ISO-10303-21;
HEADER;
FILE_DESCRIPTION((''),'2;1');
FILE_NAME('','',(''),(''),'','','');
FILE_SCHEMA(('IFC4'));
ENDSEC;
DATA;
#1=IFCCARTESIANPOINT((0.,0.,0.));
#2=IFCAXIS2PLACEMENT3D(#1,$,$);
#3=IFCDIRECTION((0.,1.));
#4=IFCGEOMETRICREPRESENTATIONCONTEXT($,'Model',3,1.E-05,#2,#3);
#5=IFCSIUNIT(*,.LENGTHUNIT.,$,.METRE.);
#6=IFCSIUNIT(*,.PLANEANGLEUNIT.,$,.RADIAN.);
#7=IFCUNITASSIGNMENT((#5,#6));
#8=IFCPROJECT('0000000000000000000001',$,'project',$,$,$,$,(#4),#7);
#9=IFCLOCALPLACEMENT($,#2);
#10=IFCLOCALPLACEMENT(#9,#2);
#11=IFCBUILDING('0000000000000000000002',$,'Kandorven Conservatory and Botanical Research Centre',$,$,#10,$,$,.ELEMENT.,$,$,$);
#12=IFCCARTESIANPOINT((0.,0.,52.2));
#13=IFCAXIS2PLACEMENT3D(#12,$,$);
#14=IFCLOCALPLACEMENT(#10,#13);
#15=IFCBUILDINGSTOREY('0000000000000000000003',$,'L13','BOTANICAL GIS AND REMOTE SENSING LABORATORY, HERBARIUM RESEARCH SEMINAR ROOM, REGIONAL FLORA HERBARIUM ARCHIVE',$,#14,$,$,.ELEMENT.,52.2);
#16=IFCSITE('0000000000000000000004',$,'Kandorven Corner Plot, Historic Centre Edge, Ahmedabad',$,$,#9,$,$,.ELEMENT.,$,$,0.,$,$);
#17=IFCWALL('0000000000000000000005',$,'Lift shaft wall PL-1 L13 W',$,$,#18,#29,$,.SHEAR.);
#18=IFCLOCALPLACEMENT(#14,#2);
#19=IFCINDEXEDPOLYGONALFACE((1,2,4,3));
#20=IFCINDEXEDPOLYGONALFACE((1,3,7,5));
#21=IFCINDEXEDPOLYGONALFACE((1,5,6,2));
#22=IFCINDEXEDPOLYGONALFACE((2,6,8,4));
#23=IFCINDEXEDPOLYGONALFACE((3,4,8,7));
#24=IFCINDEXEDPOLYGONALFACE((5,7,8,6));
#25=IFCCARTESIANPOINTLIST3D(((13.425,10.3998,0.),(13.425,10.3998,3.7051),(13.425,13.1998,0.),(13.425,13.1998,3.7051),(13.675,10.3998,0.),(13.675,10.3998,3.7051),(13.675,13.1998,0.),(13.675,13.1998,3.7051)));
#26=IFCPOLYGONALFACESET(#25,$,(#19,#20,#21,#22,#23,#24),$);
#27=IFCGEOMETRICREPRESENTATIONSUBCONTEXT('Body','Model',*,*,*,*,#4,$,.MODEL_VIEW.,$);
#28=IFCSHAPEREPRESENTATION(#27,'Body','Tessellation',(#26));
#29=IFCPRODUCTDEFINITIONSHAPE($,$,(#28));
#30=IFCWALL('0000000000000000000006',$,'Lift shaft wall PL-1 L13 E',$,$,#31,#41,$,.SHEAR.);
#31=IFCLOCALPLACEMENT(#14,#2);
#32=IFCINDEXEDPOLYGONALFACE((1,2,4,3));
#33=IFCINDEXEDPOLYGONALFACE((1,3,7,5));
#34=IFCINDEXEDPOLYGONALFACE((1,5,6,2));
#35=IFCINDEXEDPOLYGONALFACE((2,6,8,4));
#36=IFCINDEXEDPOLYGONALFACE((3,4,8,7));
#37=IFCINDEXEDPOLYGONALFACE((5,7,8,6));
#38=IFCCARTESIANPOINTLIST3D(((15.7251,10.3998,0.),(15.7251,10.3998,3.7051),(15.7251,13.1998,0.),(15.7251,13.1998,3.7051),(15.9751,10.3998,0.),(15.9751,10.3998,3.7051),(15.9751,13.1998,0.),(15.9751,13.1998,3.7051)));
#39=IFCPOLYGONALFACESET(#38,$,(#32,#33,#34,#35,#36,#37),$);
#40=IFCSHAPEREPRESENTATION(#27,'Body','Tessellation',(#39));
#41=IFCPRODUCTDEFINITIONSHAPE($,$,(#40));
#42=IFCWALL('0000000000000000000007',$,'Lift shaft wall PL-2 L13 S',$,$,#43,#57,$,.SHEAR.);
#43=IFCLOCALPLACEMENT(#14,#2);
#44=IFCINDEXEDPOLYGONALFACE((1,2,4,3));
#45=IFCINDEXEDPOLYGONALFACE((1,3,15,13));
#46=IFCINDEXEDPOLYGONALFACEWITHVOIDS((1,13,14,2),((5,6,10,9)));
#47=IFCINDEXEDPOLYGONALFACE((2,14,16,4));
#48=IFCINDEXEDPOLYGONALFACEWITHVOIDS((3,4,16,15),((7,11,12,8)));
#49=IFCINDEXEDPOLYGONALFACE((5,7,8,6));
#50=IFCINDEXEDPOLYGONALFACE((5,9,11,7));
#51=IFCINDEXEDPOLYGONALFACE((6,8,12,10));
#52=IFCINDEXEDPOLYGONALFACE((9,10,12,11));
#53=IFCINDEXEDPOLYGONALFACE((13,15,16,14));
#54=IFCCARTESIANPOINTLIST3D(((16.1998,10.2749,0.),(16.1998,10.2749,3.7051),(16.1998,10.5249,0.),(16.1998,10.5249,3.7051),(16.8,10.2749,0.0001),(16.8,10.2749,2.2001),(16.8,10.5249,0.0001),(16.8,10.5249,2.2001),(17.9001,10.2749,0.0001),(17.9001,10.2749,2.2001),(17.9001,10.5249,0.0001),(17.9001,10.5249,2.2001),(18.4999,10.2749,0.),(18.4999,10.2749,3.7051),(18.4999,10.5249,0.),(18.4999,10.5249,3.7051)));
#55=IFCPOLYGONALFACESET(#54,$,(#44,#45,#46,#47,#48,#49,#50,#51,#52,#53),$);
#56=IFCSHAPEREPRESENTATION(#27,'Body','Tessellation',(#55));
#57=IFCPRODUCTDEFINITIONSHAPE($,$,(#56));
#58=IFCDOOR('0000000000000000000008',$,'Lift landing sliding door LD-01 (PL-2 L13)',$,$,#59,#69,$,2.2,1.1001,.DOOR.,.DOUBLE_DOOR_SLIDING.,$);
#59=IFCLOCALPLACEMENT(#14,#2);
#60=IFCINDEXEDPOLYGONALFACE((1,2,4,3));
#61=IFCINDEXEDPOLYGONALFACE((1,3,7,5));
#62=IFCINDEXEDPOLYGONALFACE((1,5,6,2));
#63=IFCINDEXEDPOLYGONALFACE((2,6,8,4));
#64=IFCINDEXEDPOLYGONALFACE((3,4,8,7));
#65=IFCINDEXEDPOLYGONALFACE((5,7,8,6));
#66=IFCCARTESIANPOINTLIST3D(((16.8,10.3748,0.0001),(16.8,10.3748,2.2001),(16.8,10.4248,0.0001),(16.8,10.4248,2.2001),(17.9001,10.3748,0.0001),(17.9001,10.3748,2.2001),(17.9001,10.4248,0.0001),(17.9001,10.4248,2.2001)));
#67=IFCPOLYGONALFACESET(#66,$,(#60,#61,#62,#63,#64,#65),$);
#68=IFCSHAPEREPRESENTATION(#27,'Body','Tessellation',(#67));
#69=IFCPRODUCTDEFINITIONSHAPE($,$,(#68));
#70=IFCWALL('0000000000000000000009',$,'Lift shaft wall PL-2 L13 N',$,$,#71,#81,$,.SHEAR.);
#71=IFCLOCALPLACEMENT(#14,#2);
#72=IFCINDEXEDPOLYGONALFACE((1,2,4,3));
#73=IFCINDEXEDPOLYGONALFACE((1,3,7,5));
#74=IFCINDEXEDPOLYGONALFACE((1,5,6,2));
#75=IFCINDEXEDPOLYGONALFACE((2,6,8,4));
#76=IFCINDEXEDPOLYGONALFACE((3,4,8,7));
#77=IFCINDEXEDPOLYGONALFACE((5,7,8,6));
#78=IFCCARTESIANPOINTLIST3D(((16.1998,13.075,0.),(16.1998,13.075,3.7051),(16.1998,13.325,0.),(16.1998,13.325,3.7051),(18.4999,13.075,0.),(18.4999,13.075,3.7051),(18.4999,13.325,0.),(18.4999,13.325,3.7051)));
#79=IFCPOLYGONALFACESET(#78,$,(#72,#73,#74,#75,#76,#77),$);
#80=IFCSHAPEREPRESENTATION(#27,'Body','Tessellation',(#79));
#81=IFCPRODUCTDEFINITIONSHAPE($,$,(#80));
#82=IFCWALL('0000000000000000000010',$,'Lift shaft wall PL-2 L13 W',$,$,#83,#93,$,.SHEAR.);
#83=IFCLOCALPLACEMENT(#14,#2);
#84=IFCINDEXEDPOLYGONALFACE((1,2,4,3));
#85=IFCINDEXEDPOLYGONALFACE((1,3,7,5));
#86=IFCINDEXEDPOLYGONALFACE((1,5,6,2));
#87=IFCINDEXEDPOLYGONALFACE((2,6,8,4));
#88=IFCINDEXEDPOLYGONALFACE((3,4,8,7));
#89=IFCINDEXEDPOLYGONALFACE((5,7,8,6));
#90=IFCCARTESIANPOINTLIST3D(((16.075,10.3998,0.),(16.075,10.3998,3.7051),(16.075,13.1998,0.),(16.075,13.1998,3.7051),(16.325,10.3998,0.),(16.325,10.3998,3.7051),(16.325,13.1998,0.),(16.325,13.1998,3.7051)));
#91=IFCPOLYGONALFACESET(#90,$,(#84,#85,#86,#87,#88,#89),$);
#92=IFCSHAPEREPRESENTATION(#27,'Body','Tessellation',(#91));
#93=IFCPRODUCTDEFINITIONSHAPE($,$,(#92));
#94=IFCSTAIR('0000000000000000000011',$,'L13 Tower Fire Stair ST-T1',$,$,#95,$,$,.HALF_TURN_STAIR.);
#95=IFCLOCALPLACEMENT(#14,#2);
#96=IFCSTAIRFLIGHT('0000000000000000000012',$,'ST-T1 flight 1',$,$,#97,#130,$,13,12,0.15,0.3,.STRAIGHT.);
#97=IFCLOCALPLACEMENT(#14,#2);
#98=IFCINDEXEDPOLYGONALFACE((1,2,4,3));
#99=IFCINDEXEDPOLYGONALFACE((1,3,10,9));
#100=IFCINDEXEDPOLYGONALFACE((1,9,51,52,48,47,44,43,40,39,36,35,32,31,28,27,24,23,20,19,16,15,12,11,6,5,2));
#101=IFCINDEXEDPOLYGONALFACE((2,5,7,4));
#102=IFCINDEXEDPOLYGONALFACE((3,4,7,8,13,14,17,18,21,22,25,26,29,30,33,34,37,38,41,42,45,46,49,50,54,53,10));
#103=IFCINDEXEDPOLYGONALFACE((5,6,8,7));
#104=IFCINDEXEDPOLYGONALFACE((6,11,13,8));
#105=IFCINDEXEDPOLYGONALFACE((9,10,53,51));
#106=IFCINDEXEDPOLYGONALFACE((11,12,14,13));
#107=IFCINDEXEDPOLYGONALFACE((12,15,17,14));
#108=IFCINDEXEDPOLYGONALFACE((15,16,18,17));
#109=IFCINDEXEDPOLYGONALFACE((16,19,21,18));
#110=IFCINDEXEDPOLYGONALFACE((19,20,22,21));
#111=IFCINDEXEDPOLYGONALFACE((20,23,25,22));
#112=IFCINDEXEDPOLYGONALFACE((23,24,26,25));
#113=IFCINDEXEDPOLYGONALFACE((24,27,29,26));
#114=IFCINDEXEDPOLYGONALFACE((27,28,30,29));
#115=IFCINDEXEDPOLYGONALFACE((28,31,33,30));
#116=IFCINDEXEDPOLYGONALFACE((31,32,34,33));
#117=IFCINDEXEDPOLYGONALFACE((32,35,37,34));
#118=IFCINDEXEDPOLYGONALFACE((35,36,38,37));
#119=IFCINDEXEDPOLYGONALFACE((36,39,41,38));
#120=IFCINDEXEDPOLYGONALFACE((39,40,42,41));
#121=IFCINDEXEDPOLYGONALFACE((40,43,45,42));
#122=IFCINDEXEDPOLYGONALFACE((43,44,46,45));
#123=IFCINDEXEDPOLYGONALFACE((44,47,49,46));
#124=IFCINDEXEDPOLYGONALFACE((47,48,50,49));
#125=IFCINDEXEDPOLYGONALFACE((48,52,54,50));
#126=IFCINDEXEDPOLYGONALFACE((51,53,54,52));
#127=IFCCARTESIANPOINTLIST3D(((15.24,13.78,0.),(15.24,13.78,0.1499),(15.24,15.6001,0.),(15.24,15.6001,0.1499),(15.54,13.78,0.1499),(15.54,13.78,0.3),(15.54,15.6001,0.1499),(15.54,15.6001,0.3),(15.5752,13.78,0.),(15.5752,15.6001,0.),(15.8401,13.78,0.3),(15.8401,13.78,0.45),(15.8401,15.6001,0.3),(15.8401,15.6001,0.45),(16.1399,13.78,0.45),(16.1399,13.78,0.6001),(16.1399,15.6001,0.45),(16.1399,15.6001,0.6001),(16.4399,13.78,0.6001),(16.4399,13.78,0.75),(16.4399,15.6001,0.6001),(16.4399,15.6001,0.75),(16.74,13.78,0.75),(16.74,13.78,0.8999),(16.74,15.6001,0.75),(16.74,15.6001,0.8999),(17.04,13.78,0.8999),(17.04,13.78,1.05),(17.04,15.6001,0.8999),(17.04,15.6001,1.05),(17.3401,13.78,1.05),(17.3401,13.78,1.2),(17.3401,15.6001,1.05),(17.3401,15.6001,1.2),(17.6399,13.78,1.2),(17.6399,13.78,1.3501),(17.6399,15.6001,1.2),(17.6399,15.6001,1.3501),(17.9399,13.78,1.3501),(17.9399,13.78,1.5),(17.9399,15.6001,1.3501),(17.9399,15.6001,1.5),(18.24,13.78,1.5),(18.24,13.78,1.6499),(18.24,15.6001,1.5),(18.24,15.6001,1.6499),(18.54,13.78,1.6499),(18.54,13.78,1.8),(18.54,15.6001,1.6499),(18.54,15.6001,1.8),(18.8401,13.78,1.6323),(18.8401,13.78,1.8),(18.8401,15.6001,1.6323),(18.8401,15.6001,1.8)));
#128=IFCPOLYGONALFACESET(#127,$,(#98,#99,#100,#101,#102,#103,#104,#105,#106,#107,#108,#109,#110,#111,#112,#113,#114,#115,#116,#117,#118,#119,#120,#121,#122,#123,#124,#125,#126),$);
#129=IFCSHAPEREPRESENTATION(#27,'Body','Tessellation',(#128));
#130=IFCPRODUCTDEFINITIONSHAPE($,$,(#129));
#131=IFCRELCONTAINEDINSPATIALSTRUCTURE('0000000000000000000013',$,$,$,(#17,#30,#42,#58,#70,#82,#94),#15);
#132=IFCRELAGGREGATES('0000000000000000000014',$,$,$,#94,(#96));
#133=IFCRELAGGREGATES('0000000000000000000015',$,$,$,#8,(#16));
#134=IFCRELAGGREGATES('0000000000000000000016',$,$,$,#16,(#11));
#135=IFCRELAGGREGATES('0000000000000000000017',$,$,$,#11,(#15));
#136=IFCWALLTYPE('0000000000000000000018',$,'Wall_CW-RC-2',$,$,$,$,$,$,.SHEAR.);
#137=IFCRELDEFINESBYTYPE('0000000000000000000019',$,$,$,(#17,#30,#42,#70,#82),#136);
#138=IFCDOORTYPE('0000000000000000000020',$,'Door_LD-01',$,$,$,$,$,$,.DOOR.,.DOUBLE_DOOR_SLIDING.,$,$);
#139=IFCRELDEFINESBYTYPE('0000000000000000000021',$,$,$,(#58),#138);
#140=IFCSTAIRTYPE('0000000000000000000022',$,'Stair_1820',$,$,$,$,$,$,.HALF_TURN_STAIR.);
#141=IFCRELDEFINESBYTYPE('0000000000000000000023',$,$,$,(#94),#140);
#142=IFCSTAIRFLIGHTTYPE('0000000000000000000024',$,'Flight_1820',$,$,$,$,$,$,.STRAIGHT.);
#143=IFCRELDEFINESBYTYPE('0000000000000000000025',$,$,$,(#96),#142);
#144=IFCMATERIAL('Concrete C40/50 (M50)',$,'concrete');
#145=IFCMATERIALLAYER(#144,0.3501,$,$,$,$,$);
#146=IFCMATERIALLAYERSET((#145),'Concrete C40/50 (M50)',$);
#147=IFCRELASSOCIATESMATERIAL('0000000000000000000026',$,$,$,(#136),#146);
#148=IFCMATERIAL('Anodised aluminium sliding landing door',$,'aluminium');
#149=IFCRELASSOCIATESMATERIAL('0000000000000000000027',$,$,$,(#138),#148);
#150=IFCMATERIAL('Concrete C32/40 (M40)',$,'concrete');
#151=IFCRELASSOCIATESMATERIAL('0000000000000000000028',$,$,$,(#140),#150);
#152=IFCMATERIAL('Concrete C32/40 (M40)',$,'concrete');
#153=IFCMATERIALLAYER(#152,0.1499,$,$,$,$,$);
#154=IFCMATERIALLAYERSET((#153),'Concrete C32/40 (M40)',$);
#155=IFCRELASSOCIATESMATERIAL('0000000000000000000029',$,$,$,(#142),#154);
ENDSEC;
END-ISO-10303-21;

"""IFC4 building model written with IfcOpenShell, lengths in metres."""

from ifc_helpers import new_model, si_unit, direction, frame, frame_2d, origin, place, context, subcontext, project, spatial, polyline, rectangle, outline, extrude, material, layer, layer_set, type_object, element, fill, aggregate, save


model = new_model("IFC4")

# Units and contexts
model_context = context("Model", 3, precision=1e-05, world=origin(), true_north=direction((0.0, 1.0)))
body_context = subcontext(model_context, "Body", "Model", "MODEL_VIEW")
ifc_project = project(units=[si_unit("LENGTHUNIT", "METRE"), si_unit("PLANEANGLEUNIT", "RADIAN")], contexts=[model_context])

# Site, building, storey
site_placement = place(None, origin())
site = spatial("IfcSite", under=ifc_project, at=site_placement, Name="Kandorven Corner Plot, Historic Centre Edge, Ahmedabad", CompositionType="ELEMENT", RefElevation=0.0)
building_placement = place(site_placement, origin())
building = spatial("IfcBuilding", under=site, at=building_placement, Name="Kandorven Conservatory and Botanical Research Centre", CompositionType="ELEMENT")
storey_placement = place(building_placement, frame((0.0, 0.0, 52.2)))
storey = spatial("IfcBuildingStorey", under=building, at=storey_placement, Name="L13", Description="BOTANICAL GIS AND REMOTE SENSING LABORATORY, HERBARIUM RESEARCH SEMINAR ROOM, REGIONAL FLORA HERBARIUM ARCHIVE", CompositionType="ELEMENT", Elevation=52.2)

# Shared definitions
ifc_material_1 = material(Name="Concrete C40/50 (M50)", Category="concrete")
ifc_layer_1 = layer(ifc_material_1, 0.3501)
ifc_layer_set_1 = layer_set([ifc_layer_1], Name="Concrete C40/50 (M50)")
wall_type_1 = type_object("IfcWallType", Name="Wall_CW-RC-2", PredefinedType="SHEAR", material=ifc_layer_set_1)
ifc_material_2 = material(Name="Anodised aluminium sliding landing door", Category="aluminium")
door_type_1 = type_object("IfcDoorType", Name="Door_LD-01", OperationType="DOUBLE_DOOR_SLIDING", PredefinedType="DOOR", material=ifc_material_2)

# Walls
for number, where, z_axis, x_axis, name in (
    (1, (13.55, 10.3999, 0.0), (0.0, 0.0, 1.0), (0.0, 1.0, 0.0), "Lift shaft wall PL-1 L13 W"),
    (2, (15.8501, 10.3999, 0.0), (0.0, 0.0, 1.0), (0.0, 1.0, 0.0), "Lift shaft wall PL-1 L13 E"),
):
    element("IfcWall", number, at=place(storey_placement, frame(where, z_axis=z_axis, x_axis=x_axis)), inside=storey, type_object=wall_type_1, Name=name, PredefinedType="SHEAR", context=body_context, shape_type="SweptSolid", body=[
        extrude(rectangle(XDim=2.8, YDim=0.25, at=frame_2d((1.3999, 0.0))), origin(), (0.0, 0.0, 1.0), 3.7051),
    ])

# Wall, opening, door
wall_1_placement = place(storey_placement, frame((16.2, 10.3999, 0.0), z_axis=(0.0, 0.0, 1.0), x_axis=(1.0, 0.0, 0.0)))
wall_1 = element("IfcWall", 3, at=wall_1_placement, inside=storey, type_object=wall_type_1, Name="Lift shaft wall PL-2 L13 S", PredefinedType="SHEAR", context=body_context, shape_type="SweptSolid", body=[
    extrude(rectangle(XDim=2.3, YDim=0.25, at=frame_2d((1.1499, 0.0))), origin(), (0.0, 0.0, 1.0), 3.7051),
])
opening_1_placement = place(wall_1_placement, frame((0.6001, 0.0, 0.0)))
opening_1 = element("IfcOpeningElement", 4, at=opening_1_placement, cuts=wall_1, PredefinedType="OPENING", context=body_context, shape_type="SweptSolid", body=[
    extrude(rectangle(XDim=1.1001, YDim=2.2, at=frame_2d((0.55, 1.1001))), frame((0.0, 0.135, 0.0), z_axis=(0.0, -1.0, 0.0), x_axis=(1.0, 0.0, 0.0)), (0.0, 0.0, 1.0), 0.27),
])
door_1_placement = place(opening_1_placement, origin())
door_1 = element("IfcDoor", 5, at=door_1_placement, inside=storey, type_object=door_type_1, Name="Lift landing sliding door LD-01 (PL-2 L13)", OperationType="DOUBLE_DOOR_SLIDING", OverallHeight=2.2, OverallWidth=1.1001, PredefinedType="DOOR", context=body_context, shape_type="SweptSolid", body=[
    extrude(rectangle(XDim=1.1001, YDim=2.2, at=frame_2d((0.55, 1.1001))), frame((0.0, 0.0249, 0.0), z_axis=(0.0, -1.0, 0.0), x_axis=(1.0, 0.0, 0.0)), (0.0, 0.0, 1.0), 0.05),
])
fill(opening_1, door_1)

# Walls
wall_2_placement = place(storey_placement, frame((16.2, 13.2, 0.0), z_axis=(0.0, 0.0, 1.0), x_axis=(1.0, 0.0, 0.0)))
element("IfcWall", 6, at=wall_2_placement, inside=storey, type_object=wall_type_1, Name="Lift shaft wall PL-2 L13 N", PredefinedType="SHEAR", context=body_context, shape_type="SweptSolid", body=[
    extrude(rectangle(XDim=2.3, YDim=0.25, at=frame_2d((1.1499, 0.0))), origin(), (0.0, 0.0, 1.0), 3.7051),
])
wall_3_placement = place(storey_placement, frame((16.2, 10.3999, 0.0), z_axis=(0.0, 0.0, 1.0), x_axis=(0.0, 1.0, 0.0)))
element("IfcWall", 7, at=wall_3_placement, inside=storey, type_object=wall_type_1, Name="Lift shaft wall PL-2 L13 W", PredefinedType="SHEAR", context=body_context, shape_type="SweptSolid", body=[
    extrude(rectangle(XDim=2.8, YDim=0.25, at=frame_2d((1.3999, 0.0))), origin(), (0.0, 0.0, 1.0), 3.7051),
])

# Stair, stair flight
ifc_material_3 = material(Name="Concrete C32/40 (M40)", Category="concrete")
stair_type = type_object("IfcStairType", Name="Stair_1820", PredefinedType="HALF_TURN_STAIR", material=ifc_material_3)
stair_placement = place(storey_placement, origin())
stair = element("IfcStair", 8, at=stair_placement, inside=storey, type_object=stair_type, Name="L13 Tower Fire Stair ST-T1", PredefinedType="HALF_TURN_STAIR")
ifc_material_4 = material(Name="Concrete C32/40 (M40)", Category="concrete")
ifc_layer_2 = layer(ifc_material_4, 0.1499)
ifc_layer_set_2 = layer_set([ifc_layer_2], Name="Concrete C32/40 (M40)")
stair_flight_type = type_object("IfcStairFlightType", Name="Flight_1820", PredefinedType="STRAIGHT", material=ifc_layer_set_2)
stair_flight_placement = place(storey_placement, frame((15.24, 14.6899, 0.0), z_axis=(0.0, 0.0, 1.0), x_axis=(1.0, 0.0, 0.0)))
stair_flight = element("IfcStairFlight", 9, at=stair_flight_placement, type_object=stair_flight_type, Name="ST-T1 flight 1", NumberOfRisers=13, NumberOfTreads=12, PredefinedType="STRAIGHT", RiserHeight=0.15, TreadLength=0.3, context=body_context, shape_type="SweptSolid", body=[
    extrude(outline(polyline([(0.0, 0.0), (0.0, 0.1499), (0.3, 0.1499), (0.3, 0.3), (0.6001, 0.3), (0.6001, 0.45), (0.8999, 0.45), (0.8999, 0.6001), (1.2, 0.6001), (1.2, 0.75), (1.5, 0.75), (1.5, 0.8999), (1.8, 0.8999), (1.8, 1.05), (2.1001, 1.05), (2.1001, 1.2), (2.3999, 1.2), (2.3999, 1.3501), (2.7, 1.3501), (2.7, 1.5), (3.0, 1.5), (3.0, 1.6499), (3.3, 1.6499), (3.3, 1.8), (3.6001, 1.8), (3.6001, 1.95), (3.6001, 1.6323), (0.3352, 0.0), (0.0, 0.0)])), frame((0.0, 0.9102, 0.0), z_axis=(0.0, -1.0, 0.0), x_axis=(1.0, 0.0, 0.0)), (0.0, 0.0, 1.0), 1.8201),
])
aggregate(stair, [stair_flight])

save(model, "model.ifc")
